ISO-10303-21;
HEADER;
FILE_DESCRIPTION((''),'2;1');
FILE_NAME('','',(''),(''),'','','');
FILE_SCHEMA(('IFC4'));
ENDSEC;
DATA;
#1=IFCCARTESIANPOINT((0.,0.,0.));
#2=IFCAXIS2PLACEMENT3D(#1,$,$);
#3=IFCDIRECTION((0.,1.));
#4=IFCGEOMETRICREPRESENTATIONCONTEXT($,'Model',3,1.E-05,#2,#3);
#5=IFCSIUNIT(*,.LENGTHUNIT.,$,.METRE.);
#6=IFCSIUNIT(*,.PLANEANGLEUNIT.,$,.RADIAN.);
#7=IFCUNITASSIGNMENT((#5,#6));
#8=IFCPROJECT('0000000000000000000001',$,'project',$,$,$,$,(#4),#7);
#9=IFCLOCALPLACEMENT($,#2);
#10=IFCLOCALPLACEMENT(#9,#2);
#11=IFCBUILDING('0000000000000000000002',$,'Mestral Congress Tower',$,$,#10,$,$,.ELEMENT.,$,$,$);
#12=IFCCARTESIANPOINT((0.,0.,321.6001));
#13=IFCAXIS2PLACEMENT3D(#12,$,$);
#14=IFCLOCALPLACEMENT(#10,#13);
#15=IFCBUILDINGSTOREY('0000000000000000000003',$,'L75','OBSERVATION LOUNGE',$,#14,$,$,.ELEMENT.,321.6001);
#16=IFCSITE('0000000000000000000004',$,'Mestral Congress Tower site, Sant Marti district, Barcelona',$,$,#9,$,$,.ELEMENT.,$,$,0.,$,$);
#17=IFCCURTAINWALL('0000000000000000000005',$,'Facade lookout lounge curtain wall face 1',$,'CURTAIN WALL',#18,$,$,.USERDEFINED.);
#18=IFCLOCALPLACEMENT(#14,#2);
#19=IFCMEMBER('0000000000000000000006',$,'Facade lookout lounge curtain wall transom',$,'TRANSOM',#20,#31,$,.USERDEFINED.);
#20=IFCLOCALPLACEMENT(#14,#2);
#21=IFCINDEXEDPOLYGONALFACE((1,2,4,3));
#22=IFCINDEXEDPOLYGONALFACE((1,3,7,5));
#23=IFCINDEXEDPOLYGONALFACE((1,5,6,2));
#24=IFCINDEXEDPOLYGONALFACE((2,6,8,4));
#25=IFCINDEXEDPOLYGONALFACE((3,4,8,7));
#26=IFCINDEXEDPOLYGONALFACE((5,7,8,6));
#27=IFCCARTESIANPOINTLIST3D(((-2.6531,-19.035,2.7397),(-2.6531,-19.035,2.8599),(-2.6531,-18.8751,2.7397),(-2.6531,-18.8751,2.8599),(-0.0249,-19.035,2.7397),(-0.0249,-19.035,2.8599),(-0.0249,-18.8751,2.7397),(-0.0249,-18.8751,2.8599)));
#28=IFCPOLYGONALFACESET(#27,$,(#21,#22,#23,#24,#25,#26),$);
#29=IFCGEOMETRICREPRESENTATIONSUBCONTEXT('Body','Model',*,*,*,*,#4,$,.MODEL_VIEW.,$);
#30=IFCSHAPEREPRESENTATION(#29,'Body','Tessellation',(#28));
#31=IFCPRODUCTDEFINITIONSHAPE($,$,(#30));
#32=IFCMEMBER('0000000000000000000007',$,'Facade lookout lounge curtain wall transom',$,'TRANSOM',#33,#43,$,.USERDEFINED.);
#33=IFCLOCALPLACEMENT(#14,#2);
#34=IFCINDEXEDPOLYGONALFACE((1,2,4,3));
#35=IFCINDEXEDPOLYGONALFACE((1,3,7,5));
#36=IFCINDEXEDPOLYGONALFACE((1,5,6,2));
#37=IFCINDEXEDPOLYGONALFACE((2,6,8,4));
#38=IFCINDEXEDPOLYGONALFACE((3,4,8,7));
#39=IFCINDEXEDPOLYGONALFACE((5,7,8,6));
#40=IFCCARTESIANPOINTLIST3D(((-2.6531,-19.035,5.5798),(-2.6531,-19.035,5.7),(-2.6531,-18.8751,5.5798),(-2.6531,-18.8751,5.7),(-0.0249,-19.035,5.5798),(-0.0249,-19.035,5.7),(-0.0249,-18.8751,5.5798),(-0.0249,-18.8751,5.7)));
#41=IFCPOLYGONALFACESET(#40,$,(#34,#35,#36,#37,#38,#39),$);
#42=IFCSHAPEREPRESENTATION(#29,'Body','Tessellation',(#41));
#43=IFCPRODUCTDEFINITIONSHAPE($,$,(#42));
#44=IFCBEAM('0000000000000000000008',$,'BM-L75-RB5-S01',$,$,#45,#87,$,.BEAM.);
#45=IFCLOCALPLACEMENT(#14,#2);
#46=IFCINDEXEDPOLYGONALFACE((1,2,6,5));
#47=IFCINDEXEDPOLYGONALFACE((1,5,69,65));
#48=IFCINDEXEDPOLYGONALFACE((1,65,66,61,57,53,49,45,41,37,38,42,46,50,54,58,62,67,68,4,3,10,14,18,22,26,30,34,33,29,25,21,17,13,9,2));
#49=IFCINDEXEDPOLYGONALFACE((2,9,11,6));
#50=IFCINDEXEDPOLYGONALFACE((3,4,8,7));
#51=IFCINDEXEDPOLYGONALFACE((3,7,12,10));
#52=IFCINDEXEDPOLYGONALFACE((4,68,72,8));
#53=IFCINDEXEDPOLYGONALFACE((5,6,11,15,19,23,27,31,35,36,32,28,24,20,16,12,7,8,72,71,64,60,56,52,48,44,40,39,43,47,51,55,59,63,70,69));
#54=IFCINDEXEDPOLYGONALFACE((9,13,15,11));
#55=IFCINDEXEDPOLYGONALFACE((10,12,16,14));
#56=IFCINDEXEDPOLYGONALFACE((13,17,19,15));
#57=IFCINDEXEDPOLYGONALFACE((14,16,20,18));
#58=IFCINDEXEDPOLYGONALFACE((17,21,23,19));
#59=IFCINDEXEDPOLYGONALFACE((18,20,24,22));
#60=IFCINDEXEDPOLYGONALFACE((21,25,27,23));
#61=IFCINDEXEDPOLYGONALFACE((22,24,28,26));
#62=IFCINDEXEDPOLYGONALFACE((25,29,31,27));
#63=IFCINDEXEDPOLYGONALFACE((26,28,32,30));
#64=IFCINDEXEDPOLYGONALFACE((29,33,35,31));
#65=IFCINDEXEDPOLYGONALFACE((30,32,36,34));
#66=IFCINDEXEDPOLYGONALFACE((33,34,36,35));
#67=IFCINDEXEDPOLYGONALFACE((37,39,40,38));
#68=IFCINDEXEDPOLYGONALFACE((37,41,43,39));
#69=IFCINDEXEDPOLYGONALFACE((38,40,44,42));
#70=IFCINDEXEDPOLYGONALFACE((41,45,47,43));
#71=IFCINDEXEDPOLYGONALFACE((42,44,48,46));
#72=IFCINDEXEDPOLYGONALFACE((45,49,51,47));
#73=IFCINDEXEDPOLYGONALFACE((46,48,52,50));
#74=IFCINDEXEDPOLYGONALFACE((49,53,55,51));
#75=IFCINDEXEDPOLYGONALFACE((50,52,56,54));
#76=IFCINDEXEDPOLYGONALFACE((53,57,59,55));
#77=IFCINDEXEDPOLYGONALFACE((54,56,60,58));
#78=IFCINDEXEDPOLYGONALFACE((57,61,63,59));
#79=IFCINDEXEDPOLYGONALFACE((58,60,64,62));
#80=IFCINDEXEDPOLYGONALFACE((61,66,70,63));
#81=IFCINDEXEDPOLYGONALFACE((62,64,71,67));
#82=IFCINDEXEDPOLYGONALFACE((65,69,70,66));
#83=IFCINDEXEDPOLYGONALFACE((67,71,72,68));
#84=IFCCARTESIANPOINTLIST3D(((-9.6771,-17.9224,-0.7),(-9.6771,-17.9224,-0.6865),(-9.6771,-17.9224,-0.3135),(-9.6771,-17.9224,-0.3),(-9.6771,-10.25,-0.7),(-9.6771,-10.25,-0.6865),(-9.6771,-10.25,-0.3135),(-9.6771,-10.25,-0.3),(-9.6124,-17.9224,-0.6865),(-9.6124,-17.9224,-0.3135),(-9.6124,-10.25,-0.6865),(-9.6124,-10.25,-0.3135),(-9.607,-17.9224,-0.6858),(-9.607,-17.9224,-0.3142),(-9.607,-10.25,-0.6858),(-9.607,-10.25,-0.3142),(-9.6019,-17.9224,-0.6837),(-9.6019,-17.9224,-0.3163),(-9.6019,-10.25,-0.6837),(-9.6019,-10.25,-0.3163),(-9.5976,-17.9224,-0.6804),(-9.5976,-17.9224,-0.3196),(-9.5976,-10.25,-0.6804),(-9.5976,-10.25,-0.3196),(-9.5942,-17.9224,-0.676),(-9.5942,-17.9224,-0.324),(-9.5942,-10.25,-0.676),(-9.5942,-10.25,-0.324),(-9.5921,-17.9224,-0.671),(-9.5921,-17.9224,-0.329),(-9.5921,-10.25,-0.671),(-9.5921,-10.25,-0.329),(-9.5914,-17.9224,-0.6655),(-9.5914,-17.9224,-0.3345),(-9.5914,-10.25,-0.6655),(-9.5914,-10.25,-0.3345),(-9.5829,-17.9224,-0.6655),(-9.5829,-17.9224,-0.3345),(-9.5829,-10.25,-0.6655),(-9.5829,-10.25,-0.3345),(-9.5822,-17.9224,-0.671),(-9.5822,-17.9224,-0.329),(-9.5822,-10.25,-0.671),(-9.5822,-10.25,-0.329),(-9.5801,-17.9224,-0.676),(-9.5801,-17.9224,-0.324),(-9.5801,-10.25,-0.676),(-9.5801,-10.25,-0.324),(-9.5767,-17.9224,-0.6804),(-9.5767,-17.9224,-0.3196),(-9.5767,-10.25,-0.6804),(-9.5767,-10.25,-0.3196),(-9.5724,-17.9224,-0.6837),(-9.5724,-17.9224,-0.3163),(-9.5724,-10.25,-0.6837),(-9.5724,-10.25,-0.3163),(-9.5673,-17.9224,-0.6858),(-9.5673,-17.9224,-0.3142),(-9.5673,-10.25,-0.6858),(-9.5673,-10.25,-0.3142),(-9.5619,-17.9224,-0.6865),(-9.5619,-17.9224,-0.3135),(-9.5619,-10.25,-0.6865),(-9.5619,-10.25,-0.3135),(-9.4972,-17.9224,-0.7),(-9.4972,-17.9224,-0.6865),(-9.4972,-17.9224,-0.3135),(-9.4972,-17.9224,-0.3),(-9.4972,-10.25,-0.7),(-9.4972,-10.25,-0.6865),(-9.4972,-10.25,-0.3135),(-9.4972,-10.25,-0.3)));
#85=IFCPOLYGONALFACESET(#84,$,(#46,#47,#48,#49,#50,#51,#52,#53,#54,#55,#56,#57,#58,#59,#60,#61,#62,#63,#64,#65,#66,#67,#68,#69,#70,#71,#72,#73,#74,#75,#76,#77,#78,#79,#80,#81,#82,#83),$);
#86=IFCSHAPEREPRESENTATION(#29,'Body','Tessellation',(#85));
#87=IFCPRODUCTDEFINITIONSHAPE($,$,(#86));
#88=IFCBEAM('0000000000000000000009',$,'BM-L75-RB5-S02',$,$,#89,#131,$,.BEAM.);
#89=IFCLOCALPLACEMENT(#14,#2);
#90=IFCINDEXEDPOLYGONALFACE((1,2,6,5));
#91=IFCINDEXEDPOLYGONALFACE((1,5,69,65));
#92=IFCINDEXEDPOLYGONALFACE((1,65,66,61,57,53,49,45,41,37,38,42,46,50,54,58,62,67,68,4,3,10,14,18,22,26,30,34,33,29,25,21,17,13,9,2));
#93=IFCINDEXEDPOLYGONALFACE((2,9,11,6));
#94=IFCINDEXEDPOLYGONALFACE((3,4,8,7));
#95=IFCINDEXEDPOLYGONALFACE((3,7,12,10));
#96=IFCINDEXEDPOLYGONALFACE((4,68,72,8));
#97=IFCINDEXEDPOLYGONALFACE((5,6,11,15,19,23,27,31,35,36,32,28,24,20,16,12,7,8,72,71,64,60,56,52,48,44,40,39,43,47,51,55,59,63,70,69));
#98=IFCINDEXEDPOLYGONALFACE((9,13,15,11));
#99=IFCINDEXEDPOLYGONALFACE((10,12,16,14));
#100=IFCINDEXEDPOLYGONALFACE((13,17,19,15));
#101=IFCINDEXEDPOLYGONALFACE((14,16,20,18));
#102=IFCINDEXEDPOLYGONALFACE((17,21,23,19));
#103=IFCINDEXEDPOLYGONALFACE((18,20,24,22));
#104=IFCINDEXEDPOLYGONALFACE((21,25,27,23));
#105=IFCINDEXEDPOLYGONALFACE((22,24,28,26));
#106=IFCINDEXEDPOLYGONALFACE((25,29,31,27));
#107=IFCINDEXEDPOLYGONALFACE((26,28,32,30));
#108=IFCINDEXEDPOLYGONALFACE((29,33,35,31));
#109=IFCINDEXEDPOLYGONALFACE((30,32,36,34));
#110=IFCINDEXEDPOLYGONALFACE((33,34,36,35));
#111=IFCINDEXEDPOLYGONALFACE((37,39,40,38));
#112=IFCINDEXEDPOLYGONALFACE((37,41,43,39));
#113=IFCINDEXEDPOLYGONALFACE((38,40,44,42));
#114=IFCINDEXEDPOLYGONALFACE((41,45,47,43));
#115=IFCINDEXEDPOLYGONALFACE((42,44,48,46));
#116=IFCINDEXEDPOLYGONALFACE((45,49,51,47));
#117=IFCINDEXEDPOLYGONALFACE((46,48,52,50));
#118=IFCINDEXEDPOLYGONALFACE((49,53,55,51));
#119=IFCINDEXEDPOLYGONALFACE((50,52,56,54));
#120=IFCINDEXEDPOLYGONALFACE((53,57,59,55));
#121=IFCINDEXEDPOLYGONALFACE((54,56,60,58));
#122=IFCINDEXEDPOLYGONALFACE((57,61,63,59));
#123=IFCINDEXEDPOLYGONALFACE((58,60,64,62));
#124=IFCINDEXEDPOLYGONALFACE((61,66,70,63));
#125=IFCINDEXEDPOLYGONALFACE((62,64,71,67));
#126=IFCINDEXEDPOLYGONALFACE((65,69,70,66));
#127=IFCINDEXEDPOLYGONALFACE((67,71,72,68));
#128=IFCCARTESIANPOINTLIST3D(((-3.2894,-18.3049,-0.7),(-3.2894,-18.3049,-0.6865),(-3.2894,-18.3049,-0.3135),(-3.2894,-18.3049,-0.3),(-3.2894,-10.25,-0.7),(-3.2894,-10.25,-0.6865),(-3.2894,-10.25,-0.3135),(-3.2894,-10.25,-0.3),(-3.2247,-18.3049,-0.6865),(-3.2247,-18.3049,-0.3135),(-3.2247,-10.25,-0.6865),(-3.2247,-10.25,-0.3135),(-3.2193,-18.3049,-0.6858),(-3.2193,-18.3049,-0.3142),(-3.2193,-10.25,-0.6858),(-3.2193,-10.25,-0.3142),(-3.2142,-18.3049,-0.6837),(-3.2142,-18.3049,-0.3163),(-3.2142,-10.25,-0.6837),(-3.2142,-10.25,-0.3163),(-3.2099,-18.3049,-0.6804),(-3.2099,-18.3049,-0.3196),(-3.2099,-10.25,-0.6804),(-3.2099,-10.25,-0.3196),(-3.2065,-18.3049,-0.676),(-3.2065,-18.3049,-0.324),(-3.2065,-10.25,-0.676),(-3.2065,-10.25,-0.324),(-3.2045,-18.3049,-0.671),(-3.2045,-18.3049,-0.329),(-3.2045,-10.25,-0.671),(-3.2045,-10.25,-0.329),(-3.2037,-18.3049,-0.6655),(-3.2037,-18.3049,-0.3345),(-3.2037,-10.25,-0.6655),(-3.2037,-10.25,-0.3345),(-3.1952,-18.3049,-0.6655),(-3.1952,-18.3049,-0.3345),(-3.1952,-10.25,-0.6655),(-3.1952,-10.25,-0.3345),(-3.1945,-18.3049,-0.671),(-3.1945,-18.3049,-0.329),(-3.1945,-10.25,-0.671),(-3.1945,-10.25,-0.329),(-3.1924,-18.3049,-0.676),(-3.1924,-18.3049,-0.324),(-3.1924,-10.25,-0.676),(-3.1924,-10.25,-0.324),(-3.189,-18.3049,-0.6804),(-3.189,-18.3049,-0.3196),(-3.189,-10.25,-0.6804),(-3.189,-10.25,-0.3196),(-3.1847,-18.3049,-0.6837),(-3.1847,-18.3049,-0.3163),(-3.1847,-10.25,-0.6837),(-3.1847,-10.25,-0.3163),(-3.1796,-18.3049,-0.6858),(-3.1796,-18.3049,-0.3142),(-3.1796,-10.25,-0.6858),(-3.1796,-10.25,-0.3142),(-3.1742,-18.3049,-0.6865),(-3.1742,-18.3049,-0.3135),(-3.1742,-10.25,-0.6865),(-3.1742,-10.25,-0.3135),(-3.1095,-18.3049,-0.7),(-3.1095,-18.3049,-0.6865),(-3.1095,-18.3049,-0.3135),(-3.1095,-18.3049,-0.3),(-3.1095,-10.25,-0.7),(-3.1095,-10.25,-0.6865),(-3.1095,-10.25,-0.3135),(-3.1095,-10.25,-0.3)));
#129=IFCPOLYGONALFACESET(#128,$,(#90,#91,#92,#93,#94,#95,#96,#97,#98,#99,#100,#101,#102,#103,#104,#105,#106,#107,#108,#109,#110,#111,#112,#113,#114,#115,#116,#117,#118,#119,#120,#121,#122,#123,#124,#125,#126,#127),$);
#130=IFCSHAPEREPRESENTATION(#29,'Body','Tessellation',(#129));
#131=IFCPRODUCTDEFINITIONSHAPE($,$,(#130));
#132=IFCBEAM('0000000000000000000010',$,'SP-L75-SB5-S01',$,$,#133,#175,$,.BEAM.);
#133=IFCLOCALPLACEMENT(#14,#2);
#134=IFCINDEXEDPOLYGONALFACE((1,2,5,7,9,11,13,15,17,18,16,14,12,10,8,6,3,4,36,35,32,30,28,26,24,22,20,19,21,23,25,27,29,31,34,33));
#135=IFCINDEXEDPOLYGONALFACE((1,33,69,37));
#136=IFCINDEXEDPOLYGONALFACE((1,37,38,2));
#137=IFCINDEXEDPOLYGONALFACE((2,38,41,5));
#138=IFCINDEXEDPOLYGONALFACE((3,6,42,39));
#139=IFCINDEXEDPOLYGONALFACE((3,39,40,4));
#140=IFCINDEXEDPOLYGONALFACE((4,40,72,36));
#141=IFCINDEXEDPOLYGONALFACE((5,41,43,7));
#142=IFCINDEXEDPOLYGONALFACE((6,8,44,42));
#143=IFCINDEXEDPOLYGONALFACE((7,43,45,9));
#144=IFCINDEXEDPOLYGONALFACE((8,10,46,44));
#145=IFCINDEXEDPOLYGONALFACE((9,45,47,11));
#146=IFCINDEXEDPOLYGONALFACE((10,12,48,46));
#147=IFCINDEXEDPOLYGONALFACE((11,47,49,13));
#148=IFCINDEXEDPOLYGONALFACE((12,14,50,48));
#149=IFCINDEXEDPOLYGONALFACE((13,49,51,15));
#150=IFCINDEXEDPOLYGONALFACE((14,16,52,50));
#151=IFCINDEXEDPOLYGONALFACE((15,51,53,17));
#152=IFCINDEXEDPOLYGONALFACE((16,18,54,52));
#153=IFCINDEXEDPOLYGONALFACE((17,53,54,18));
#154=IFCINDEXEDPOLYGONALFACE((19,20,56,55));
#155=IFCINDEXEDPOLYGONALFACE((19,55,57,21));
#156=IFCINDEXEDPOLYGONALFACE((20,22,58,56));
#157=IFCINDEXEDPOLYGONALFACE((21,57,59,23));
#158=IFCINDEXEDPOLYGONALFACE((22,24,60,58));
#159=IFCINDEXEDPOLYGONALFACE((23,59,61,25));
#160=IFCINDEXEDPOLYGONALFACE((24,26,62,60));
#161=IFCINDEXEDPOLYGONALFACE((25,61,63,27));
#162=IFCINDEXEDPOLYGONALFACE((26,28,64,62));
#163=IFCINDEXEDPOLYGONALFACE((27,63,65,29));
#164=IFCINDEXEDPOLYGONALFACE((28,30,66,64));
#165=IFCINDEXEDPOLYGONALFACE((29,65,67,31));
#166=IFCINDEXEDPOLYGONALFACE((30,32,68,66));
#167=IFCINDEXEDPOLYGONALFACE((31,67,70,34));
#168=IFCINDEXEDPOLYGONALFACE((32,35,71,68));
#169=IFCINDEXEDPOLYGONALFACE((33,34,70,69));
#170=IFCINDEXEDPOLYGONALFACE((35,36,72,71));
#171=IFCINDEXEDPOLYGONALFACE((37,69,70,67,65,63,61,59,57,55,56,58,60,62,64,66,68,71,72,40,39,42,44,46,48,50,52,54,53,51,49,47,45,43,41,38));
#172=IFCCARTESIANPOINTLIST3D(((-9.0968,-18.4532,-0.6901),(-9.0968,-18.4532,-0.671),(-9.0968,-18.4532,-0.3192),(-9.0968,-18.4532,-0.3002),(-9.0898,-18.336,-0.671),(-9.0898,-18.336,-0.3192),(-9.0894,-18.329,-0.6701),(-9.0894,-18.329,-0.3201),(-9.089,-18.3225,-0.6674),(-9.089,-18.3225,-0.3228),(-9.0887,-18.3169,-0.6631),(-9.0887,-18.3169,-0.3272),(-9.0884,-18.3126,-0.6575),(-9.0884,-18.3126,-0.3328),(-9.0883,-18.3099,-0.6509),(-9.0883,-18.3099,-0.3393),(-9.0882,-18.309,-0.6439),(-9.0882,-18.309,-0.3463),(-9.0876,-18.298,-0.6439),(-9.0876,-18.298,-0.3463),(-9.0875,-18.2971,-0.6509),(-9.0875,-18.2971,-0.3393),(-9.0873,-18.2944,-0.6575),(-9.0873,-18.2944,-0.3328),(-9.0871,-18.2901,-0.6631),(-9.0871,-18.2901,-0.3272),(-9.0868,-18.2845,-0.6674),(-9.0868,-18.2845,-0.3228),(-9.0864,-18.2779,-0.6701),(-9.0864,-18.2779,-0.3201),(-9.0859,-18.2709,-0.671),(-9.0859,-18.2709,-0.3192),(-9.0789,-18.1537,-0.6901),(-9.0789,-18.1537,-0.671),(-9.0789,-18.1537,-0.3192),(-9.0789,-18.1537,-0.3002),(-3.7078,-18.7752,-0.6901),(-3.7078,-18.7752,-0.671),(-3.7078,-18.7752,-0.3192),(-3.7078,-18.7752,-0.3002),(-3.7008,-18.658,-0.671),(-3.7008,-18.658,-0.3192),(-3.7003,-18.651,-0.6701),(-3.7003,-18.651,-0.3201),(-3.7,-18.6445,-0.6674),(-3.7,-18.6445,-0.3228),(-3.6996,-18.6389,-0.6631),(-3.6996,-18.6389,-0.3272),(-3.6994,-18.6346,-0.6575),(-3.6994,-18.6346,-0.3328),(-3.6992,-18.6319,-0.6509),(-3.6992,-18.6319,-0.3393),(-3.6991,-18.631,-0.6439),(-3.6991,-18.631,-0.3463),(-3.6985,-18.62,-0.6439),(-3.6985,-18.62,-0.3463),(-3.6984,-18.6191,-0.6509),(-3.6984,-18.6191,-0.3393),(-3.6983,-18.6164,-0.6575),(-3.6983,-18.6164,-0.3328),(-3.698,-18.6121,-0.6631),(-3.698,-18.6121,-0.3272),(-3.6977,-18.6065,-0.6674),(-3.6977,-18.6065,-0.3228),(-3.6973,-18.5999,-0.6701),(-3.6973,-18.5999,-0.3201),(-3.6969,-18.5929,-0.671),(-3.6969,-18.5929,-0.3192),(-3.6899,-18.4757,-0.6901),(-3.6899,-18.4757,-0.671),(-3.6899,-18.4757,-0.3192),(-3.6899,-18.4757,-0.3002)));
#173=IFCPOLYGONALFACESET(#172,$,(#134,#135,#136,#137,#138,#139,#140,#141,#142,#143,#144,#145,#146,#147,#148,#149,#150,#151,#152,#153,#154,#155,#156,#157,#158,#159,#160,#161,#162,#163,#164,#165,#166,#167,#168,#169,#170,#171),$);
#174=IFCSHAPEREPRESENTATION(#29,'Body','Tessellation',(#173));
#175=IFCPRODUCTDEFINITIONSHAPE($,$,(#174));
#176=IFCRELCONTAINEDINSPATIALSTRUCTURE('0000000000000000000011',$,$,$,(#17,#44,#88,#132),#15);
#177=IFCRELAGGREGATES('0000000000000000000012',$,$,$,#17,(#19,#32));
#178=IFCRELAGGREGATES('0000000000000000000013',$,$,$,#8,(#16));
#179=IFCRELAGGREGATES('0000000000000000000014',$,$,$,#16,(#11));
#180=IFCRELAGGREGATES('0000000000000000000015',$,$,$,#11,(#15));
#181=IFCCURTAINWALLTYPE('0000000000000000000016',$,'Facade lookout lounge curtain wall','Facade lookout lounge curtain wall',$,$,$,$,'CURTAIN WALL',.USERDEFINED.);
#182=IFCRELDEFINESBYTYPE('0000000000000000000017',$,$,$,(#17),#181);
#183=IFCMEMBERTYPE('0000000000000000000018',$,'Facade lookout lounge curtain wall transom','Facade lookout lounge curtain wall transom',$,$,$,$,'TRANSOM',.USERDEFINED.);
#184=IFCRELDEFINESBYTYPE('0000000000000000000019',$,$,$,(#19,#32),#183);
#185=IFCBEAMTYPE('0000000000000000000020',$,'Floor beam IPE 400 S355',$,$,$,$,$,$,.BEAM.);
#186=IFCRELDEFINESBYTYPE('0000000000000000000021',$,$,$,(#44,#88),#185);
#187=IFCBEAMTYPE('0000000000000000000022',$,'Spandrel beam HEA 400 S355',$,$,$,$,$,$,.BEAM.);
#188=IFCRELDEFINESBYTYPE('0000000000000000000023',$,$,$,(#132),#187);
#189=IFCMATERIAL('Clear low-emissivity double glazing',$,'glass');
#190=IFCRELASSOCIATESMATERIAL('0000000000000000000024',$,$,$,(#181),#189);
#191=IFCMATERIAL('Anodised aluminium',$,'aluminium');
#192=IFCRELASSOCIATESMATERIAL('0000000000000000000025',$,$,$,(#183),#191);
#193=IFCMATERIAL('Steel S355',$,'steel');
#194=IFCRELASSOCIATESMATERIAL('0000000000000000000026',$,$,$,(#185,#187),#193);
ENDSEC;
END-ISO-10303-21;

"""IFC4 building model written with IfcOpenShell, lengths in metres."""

from ifc_helpers import new_model, si_unit, direction, frame, origin, origin_2d, place, context, subcontext, project, spatial, rectangle, i_section, extrude, material, material_profile, profile_set, type_object, element, aggregate, save


model = new_model("IFC4")

# Units and contexts
model_context = context("Model", 3, precision=1e-05, world=origin(), true_north=direction((0.0, 1.0)))
body_context = subcontext(model_context, "Body", "Model", "MODEL_VIEW")
ifc_project = project(units=[si_unit("LENGTHUNIT", "METRE"), si_unit("PLANEANGLEUNIT", "RADIAN")], contexts=[model_context])

# Site, building, storey
site_placement = place(None, origin())
site = spatial("IfcSite", under=ifc_project, at=site_placement, Name="Mestral Congress Tower site, Sant Marti district, Barcelona", CompositionType="ELEMENT", RefElevation=0.0)
building_placement = place(site_placement, origin())
building = spatial("IfcBuilding", under=site, at=building_placement, Name="Mestral Congress Tower", CompositionType="ELEMENT")
storey_placement = place(building_placement, frame((0.0, 0.0, 321.6001)))
storey = spatial("IfcBuildingStorey", under=building, at=storey_placement, Name="L75", Description="OBSERVATION LOUNGE", CompositionType="ELEMENT", Elevation=321.6001)

# Curtain wall, members
ifc_material_1 = material(Name="Clear low-emissivity double glazing", Category="glass")
curtain_wall_type = type_object("IfcCurtainWallType", Name="Facade lookout lounge curtain wall", Description="Facade lookout lounge curtain wall", ElementType="CURTAIN WALL", PredefinedType="USERDEFINED", material=ifc_material_1)
curtain_wall_placement = place(storey_placement, origin())
curtain_wall = element("IfcCurtainWall", 1, at=curtain_wall_placement, inside=storey, type_object=curtain_wall_type, Name="Facade lookout lounge curtain wall face 1", ObjectType="CURTAIN WALL", PredefinedType="USERDEFINED")
ifc_material_2 = material(Name="Anodised aluminium", Category="aluminium")
ifc_material_profile_1 = material_profile(ifc_material_2, rectangle(XDim=0.1599, YDim=0.1201, at=origin_2d()), Name="CW2 transom 160 x 120")
ifc_profile_set_1 = profile_set([ifc_material_profile_1], Name="Anodised aluminium")
member_type_1 = type_object("IfcMemberType", Name="Facade lookout lounge curtain wall transom", Description="Facade lookout lounge curtain wall transom", ElementType="TRANSOM", PredefinedType="USERDEFINED", material=ifc_profile_set_1)
member_1_placement = place(storey_placement, frame((-2.6531, -18.9551, 2.7998), z_axis=(1.0, 0.0, 0.0), x_axis=(0.0, 1.0, 0.0)))
member_1 = element("IfcMember", 2, at=member_1_placement, type_object=member_type_1, Name="Facade lookout lounge curtain wall transom", ObjectType="TRANSOM", PredefinedType="USERDEFINED", context=body_context, shape_type="SweptSolid", body=[
    extrude(rectangle(XDim=0.1599, YDim=0.1201, at=origin_2d()), origin(), (0.0, 0.0, 1.0), 2.6282),
])
member_2_placement = place(storey_placement, frame((-2.6531, -18.9551, 5.6399), z_axis=(1.0, 0.0, 0.0), x_axis=(0.0, 1.0, 0.0)))
member_2 = element("IfcMember", 3, at=member_2_placement, type_object=member_type_1, Name="Facade lookout lounge curtain wall transom", ObjectType="TRANSOM", PredefinedType="USERDEFINED", context=body_context, shape_type="SweptSolid", body=[
    extrude(rectangle(XDim=0.1599, YDim=0.1201, at=origin_2d()), origin(), (0.0, 0.0, 1.0), 2.6282),
])

# Beams
ifc_material_3 = material(Name="Steel S355", Category="steel")
ifc_material_profile_2 = material_profile(ifc_material_3, i_section(OverallWidth=0.1799, OverallDepth=0.3999, WebThickness=0.0085, FlangeThickness=0.0134, FilletRadius=0.021, at=origin_2d()), Name="IPE 400")
ifc_profile_set_2 = profile_set([ifc_material_profile_2], Name="Steel S355")
beam_type_1 = type_object("IfcBeamType", Name="Floor beam IPE 400 S355", PredefinedType="BEAM", material=ifc_profile_set_2)
beam_1_placement = place(storey_placement, frame((-9.5872, -17.9224, -0.5), z_axis=(0.0, 1.0, 0.0), x_axis=(-1.0, 0.0, 0.0)))
element("IfcBeam", 4, at=beam_1_placement, inside=storey, type_object=beam_type_1, Name="BM-L75-RB5-S01", PredefinedType="BEAM", context=body_context, shape_type="SweptSolid", body=[
    extrude(i_section(OverallWidth=0.1799, OverallDepth=0.3999, WebThickness=0.0085, FlangeThickness=0.0134, FilletRadius=0.021, at=origin_2d()), origin(), (0.0, 0.0, 1.0), 7.6724),
])
beam_2_placement = place(storey_placement, frame((-3.1995, -18.3049, -0.5), z_axis=(0.0, 1.0, 0.0), x_axis=(-1.0, 0.0, 0.0)))
element("IfcBeam", 5, at=beam_2_placement, inside=storey, type_object=beam_type_1, Name="BM-L75-RB5-S02", PredefinedType="BEAM", context=body_context, shape_type="SweptSolid", body=[
    extrude(i_section(OverallWidth=0.1799, OverallDepth=0.3999, WebThickness=0.0085, FlangeThickness=0.0134, FilletRadius=0.021, at=origin_2d()), origin(), (0.0, 0.0, 1.0), 8.0549),
])
ifc_material_profile_3 = material_profile(ifc_material_3, i_section(OverallWidth=0.3, OverallDepth=0.3899, WebThickness=0.011, FlangeThickness=0.019, FilletRadius=0.0271, at=origin_2d()), Name="HEA 400")
ifc_profile_set_3 = profile_set([ifc_material_profile_3], Name="Steel S355")
beam_type_2 = type_object("IfcBeamType", Name="Spandrel beam HEA 400 S355", PredefinedType="BEAM", material=ifc_profile_set_3)
beam_3_placement = place(storey_placement, frame((-9.0879, -18.3035, -0.4951), z_axis=(0.99822, -0.059647, 0.0), x_axis=(0.059647, 0.99822, 0.0)))
element("IfcBeam", 6, at=beam_3_placement, inside=storey, type_object=beam_type_2, Name="SP-L75-SB5-S01", PredefinedType="BEAM", context=body_context, shape_type="SweptSolid", body=[
    extrude(i_section(OverallWidth=0.3, OverallDepth=0.3899, WebThickness=0.011, FlangeThickness=0.019, FilletRadius=0.0271, at=origin_2d()), origin(), (0.0, 0.0, 1.0), 5.3987),
])

aggregate(curtain_wall, [member_1, member_2])

save(model, "model.ifc")
